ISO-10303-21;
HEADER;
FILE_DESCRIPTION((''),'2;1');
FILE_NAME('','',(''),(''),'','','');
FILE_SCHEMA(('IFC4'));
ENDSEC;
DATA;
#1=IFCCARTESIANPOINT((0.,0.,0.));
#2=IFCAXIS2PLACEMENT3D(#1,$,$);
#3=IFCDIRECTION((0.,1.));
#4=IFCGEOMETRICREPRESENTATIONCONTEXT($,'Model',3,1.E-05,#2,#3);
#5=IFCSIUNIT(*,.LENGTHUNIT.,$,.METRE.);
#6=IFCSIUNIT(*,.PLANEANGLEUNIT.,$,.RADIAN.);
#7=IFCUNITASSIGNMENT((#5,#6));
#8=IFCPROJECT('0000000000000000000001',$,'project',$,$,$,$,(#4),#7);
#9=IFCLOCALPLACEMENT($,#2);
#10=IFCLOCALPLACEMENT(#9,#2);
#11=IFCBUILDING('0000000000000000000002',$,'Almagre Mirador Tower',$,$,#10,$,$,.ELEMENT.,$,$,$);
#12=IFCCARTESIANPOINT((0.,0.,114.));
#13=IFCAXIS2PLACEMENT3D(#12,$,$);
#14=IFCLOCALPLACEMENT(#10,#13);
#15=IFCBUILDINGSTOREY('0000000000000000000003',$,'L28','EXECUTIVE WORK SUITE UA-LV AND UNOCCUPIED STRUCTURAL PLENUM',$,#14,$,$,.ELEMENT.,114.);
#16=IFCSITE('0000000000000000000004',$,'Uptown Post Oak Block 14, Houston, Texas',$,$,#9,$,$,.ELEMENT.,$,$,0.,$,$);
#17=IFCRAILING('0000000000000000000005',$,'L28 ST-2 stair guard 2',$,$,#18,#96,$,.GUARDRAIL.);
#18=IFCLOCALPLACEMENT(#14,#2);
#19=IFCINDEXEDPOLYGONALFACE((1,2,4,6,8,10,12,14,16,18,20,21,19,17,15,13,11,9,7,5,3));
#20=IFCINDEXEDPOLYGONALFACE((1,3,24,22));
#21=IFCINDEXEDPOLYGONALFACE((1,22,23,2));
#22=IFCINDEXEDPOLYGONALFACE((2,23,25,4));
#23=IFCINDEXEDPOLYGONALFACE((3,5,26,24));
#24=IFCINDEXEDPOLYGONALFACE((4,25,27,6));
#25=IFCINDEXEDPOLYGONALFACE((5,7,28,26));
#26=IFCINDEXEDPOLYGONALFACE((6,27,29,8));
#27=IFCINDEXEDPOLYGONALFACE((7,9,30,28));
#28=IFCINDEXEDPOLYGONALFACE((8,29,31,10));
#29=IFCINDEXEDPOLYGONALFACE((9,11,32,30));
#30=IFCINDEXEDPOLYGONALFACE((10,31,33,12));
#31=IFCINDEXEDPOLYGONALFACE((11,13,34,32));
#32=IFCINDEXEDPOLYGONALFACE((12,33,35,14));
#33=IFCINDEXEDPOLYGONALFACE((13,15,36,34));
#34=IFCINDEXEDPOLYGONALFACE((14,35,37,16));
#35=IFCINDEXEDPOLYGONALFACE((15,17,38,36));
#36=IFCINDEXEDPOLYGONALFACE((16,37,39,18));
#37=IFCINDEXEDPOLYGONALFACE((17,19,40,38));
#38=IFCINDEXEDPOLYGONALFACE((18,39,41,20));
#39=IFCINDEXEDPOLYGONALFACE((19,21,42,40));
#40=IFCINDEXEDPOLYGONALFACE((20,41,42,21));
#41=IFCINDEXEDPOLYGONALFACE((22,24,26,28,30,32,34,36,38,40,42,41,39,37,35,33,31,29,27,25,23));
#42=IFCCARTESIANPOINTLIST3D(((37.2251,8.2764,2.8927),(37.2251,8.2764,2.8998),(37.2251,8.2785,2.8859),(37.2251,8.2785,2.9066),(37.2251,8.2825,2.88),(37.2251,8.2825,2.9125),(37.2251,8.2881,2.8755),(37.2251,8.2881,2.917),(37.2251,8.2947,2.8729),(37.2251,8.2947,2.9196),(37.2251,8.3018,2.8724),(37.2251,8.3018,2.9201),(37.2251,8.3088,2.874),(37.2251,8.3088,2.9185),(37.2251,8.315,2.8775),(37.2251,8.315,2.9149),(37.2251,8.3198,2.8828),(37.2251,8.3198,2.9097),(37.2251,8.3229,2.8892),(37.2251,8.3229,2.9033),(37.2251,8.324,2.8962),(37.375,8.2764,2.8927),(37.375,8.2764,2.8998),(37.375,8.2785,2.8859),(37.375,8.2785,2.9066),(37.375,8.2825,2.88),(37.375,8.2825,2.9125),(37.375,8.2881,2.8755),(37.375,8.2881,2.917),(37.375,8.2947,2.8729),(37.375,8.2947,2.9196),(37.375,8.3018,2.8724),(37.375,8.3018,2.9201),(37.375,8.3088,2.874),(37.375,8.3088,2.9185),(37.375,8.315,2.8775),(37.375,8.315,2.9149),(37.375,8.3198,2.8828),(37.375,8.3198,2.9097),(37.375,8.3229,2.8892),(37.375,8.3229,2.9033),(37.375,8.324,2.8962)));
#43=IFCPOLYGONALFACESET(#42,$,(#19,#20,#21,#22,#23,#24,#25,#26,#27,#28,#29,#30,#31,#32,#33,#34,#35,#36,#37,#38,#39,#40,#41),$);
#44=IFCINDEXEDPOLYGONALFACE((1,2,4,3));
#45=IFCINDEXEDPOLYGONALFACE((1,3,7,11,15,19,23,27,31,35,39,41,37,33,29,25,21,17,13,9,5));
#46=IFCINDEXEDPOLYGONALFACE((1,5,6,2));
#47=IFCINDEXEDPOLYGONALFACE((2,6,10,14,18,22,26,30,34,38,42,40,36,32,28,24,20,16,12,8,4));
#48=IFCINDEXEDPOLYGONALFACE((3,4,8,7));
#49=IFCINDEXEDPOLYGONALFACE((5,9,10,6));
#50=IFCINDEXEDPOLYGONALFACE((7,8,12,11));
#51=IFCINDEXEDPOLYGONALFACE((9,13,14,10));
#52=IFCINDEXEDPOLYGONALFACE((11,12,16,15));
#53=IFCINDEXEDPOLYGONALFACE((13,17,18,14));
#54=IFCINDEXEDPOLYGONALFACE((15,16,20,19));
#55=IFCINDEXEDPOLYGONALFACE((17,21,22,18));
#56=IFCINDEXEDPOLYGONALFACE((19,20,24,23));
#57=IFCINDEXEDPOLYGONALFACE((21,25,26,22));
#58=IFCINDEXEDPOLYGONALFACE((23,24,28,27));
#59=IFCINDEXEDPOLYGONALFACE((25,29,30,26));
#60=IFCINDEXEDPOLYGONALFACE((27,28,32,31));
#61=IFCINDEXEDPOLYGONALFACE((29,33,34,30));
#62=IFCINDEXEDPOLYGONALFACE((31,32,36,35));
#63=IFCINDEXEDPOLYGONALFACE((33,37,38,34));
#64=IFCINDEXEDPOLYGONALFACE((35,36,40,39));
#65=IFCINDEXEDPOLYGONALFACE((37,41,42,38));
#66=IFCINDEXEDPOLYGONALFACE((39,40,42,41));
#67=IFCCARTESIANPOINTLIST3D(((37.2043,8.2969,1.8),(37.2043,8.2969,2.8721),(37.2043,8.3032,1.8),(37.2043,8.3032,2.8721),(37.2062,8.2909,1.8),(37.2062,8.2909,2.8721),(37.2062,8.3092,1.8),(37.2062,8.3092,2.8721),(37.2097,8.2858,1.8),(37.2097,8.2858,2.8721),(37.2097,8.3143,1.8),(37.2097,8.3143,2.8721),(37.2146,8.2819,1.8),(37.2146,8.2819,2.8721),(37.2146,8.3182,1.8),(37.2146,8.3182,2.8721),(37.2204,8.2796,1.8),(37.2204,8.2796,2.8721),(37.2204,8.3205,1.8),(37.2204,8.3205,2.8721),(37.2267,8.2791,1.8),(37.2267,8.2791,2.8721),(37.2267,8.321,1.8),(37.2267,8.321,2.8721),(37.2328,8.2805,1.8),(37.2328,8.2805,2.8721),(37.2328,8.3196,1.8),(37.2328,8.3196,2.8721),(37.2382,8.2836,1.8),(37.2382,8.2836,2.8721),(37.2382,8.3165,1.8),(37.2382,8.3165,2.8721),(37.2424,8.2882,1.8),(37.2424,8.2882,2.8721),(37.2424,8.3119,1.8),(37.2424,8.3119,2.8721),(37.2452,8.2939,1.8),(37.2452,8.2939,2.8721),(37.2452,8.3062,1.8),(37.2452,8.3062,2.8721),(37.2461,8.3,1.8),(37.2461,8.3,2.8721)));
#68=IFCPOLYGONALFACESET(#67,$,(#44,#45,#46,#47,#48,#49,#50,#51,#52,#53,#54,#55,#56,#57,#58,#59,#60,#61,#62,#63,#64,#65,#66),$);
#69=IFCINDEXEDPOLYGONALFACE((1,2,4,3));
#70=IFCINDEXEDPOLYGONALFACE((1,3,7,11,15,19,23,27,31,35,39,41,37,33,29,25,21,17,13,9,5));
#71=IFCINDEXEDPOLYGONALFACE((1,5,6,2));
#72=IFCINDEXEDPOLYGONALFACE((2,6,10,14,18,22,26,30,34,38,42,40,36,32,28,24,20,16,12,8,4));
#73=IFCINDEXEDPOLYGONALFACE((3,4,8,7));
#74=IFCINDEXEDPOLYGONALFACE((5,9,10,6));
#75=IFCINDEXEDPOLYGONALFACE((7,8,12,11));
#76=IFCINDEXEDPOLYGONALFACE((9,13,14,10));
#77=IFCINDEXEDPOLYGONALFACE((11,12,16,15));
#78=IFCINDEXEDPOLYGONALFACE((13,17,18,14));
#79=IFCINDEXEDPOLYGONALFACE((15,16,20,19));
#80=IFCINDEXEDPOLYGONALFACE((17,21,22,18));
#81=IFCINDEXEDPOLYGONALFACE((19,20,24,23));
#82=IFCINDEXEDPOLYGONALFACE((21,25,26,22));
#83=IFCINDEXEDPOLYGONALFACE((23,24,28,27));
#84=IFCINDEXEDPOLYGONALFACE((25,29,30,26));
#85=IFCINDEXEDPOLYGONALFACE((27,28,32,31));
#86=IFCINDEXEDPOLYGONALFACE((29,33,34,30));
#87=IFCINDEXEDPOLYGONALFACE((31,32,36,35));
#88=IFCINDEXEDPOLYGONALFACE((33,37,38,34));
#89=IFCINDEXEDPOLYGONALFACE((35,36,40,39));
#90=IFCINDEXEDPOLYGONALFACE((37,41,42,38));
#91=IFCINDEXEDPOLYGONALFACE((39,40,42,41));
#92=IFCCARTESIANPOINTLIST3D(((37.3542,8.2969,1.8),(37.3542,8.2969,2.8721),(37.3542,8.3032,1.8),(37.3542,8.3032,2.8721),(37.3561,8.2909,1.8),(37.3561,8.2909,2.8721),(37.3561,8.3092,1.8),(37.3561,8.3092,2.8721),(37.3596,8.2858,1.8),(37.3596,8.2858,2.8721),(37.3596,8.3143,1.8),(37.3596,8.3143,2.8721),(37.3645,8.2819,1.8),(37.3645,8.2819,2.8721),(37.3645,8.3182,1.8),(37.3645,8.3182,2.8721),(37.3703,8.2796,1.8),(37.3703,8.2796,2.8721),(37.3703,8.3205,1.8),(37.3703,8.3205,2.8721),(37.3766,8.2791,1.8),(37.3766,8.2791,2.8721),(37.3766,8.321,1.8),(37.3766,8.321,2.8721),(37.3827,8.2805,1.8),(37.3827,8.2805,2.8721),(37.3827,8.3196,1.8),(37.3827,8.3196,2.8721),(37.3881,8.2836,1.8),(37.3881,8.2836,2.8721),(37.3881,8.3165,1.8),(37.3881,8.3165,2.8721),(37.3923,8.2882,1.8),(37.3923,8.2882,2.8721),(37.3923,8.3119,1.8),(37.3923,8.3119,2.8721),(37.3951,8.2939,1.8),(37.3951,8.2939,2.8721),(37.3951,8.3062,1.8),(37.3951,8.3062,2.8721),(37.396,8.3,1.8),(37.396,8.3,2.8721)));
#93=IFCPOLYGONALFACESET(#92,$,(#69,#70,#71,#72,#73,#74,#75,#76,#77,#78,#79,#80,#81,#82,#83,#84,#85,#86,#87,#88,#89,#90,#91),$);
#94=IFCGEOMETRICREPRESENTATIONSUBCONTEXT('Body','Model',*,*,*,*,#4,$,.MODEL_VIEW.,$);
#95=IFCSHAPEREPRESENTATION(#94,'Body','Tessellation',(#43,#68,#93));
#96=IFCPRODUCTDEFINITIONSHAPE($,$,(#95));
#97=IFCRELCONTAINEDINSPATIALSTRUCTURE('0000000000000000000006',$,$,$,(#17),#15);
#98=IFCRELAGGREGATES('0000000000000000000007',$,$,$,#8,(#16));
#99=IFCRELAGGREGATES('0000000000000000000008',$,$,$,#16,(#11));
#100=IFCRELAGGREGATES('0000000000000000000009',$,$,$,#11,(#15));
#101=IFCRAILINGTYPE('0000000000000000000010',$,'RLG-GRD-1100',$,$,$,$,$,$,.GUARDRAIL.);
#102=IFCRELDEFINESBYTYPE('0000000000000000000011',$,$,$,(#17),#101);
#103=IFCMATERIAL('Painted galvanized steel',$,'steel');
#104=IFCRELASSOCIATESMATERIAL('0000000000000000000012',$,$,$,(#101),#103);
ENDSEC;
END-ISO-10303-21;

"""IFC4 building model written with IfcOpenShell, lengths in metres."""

from ifc_helpers import new_model, si_unit, direction, frame, origin, origin_2d, place, context, subcontext, project, spatial, circle, extrude, material, type_object, element, save


model = new_model("IFC4")

# Units and contexts
model_context = context("Model", 3, precision=1e-05, world=origin(), true_north=direction((0.0, 1.0)))
body_context = subcontext(model_context, "Body", "Model", "MODEL_VIEW")
ifc_project = project(units=[si_unit("LENGTHUNIT", "METRE"), si_unit("PLANEANGLEUNIT", "RADIAN")], contexts=[model_context])

# Site, building, storey
site_placement = place(None, origin())
site = spatial("IfcSite", under=ifc_project, at=site_placement, Name="Uptown Post Oak Block 14, Houston, Texas", CompositionType="ELEMENT", RefElevation=0.0)
building_placement = place(site_placement, origin())
building = spatial("IfcBuilding", under=site, at=building_placement, Name="Almagre Mirador Tower", CompositionType="ELEMENT")
storey_placement = place(building_placement, frame((0.0, 0.0, 114.0)))
storey = spatial("IfcBuildingStorey", under=building, at=storey_placement, Name="L28", Description="EXECUTIVE WORK SUITE UA-LV AND UNOCCUPIED STRUCTURAL PLENUM", CompositionType="ELEMENT", Elevation=114.0)

# Railing
ifc_material_1 = material(Name="Painted galvanized steel", Category="steel")
railing_type_1 = type_object("IfcRailingType", Name="RLG-GRD-1100", PredefinedType="GUARDRAIL", material=ifc_material_1)
railing_1_placement = place(storey_placement, frame((37.2251, 8.3, 1.8)))
element("IfcRailing", 1, at=railing_1_placement, inside=storey, type_object=railing_type_1, Name="L28 ST-2 stair guard 2", PredefinedType="GUARDRAIL", context=body_context, shape_type="SweptSolid", body=[
    extrude(circle(Radius=0.0239, at=origin_2d()), frame((0.0, 0.0, 1.0962), z_axis=(1.0, 0.0, 0.0), x_axis=(0.0, 1.0, 0.0)), (0.0, 0.0, 1.0), 0.1499),
    extrude(circle(Radius=0.021, at=origin_2d()), origin(), (0.0, 0.0, 1.0), 1.072),
    extrude(circle(Radius=0.021, at=origin_2d()), frame((0.1499, 0.0, 0.0)), (0.0, 0.0, 1.0), 1.072),
])

save(model, "model.ifc")
